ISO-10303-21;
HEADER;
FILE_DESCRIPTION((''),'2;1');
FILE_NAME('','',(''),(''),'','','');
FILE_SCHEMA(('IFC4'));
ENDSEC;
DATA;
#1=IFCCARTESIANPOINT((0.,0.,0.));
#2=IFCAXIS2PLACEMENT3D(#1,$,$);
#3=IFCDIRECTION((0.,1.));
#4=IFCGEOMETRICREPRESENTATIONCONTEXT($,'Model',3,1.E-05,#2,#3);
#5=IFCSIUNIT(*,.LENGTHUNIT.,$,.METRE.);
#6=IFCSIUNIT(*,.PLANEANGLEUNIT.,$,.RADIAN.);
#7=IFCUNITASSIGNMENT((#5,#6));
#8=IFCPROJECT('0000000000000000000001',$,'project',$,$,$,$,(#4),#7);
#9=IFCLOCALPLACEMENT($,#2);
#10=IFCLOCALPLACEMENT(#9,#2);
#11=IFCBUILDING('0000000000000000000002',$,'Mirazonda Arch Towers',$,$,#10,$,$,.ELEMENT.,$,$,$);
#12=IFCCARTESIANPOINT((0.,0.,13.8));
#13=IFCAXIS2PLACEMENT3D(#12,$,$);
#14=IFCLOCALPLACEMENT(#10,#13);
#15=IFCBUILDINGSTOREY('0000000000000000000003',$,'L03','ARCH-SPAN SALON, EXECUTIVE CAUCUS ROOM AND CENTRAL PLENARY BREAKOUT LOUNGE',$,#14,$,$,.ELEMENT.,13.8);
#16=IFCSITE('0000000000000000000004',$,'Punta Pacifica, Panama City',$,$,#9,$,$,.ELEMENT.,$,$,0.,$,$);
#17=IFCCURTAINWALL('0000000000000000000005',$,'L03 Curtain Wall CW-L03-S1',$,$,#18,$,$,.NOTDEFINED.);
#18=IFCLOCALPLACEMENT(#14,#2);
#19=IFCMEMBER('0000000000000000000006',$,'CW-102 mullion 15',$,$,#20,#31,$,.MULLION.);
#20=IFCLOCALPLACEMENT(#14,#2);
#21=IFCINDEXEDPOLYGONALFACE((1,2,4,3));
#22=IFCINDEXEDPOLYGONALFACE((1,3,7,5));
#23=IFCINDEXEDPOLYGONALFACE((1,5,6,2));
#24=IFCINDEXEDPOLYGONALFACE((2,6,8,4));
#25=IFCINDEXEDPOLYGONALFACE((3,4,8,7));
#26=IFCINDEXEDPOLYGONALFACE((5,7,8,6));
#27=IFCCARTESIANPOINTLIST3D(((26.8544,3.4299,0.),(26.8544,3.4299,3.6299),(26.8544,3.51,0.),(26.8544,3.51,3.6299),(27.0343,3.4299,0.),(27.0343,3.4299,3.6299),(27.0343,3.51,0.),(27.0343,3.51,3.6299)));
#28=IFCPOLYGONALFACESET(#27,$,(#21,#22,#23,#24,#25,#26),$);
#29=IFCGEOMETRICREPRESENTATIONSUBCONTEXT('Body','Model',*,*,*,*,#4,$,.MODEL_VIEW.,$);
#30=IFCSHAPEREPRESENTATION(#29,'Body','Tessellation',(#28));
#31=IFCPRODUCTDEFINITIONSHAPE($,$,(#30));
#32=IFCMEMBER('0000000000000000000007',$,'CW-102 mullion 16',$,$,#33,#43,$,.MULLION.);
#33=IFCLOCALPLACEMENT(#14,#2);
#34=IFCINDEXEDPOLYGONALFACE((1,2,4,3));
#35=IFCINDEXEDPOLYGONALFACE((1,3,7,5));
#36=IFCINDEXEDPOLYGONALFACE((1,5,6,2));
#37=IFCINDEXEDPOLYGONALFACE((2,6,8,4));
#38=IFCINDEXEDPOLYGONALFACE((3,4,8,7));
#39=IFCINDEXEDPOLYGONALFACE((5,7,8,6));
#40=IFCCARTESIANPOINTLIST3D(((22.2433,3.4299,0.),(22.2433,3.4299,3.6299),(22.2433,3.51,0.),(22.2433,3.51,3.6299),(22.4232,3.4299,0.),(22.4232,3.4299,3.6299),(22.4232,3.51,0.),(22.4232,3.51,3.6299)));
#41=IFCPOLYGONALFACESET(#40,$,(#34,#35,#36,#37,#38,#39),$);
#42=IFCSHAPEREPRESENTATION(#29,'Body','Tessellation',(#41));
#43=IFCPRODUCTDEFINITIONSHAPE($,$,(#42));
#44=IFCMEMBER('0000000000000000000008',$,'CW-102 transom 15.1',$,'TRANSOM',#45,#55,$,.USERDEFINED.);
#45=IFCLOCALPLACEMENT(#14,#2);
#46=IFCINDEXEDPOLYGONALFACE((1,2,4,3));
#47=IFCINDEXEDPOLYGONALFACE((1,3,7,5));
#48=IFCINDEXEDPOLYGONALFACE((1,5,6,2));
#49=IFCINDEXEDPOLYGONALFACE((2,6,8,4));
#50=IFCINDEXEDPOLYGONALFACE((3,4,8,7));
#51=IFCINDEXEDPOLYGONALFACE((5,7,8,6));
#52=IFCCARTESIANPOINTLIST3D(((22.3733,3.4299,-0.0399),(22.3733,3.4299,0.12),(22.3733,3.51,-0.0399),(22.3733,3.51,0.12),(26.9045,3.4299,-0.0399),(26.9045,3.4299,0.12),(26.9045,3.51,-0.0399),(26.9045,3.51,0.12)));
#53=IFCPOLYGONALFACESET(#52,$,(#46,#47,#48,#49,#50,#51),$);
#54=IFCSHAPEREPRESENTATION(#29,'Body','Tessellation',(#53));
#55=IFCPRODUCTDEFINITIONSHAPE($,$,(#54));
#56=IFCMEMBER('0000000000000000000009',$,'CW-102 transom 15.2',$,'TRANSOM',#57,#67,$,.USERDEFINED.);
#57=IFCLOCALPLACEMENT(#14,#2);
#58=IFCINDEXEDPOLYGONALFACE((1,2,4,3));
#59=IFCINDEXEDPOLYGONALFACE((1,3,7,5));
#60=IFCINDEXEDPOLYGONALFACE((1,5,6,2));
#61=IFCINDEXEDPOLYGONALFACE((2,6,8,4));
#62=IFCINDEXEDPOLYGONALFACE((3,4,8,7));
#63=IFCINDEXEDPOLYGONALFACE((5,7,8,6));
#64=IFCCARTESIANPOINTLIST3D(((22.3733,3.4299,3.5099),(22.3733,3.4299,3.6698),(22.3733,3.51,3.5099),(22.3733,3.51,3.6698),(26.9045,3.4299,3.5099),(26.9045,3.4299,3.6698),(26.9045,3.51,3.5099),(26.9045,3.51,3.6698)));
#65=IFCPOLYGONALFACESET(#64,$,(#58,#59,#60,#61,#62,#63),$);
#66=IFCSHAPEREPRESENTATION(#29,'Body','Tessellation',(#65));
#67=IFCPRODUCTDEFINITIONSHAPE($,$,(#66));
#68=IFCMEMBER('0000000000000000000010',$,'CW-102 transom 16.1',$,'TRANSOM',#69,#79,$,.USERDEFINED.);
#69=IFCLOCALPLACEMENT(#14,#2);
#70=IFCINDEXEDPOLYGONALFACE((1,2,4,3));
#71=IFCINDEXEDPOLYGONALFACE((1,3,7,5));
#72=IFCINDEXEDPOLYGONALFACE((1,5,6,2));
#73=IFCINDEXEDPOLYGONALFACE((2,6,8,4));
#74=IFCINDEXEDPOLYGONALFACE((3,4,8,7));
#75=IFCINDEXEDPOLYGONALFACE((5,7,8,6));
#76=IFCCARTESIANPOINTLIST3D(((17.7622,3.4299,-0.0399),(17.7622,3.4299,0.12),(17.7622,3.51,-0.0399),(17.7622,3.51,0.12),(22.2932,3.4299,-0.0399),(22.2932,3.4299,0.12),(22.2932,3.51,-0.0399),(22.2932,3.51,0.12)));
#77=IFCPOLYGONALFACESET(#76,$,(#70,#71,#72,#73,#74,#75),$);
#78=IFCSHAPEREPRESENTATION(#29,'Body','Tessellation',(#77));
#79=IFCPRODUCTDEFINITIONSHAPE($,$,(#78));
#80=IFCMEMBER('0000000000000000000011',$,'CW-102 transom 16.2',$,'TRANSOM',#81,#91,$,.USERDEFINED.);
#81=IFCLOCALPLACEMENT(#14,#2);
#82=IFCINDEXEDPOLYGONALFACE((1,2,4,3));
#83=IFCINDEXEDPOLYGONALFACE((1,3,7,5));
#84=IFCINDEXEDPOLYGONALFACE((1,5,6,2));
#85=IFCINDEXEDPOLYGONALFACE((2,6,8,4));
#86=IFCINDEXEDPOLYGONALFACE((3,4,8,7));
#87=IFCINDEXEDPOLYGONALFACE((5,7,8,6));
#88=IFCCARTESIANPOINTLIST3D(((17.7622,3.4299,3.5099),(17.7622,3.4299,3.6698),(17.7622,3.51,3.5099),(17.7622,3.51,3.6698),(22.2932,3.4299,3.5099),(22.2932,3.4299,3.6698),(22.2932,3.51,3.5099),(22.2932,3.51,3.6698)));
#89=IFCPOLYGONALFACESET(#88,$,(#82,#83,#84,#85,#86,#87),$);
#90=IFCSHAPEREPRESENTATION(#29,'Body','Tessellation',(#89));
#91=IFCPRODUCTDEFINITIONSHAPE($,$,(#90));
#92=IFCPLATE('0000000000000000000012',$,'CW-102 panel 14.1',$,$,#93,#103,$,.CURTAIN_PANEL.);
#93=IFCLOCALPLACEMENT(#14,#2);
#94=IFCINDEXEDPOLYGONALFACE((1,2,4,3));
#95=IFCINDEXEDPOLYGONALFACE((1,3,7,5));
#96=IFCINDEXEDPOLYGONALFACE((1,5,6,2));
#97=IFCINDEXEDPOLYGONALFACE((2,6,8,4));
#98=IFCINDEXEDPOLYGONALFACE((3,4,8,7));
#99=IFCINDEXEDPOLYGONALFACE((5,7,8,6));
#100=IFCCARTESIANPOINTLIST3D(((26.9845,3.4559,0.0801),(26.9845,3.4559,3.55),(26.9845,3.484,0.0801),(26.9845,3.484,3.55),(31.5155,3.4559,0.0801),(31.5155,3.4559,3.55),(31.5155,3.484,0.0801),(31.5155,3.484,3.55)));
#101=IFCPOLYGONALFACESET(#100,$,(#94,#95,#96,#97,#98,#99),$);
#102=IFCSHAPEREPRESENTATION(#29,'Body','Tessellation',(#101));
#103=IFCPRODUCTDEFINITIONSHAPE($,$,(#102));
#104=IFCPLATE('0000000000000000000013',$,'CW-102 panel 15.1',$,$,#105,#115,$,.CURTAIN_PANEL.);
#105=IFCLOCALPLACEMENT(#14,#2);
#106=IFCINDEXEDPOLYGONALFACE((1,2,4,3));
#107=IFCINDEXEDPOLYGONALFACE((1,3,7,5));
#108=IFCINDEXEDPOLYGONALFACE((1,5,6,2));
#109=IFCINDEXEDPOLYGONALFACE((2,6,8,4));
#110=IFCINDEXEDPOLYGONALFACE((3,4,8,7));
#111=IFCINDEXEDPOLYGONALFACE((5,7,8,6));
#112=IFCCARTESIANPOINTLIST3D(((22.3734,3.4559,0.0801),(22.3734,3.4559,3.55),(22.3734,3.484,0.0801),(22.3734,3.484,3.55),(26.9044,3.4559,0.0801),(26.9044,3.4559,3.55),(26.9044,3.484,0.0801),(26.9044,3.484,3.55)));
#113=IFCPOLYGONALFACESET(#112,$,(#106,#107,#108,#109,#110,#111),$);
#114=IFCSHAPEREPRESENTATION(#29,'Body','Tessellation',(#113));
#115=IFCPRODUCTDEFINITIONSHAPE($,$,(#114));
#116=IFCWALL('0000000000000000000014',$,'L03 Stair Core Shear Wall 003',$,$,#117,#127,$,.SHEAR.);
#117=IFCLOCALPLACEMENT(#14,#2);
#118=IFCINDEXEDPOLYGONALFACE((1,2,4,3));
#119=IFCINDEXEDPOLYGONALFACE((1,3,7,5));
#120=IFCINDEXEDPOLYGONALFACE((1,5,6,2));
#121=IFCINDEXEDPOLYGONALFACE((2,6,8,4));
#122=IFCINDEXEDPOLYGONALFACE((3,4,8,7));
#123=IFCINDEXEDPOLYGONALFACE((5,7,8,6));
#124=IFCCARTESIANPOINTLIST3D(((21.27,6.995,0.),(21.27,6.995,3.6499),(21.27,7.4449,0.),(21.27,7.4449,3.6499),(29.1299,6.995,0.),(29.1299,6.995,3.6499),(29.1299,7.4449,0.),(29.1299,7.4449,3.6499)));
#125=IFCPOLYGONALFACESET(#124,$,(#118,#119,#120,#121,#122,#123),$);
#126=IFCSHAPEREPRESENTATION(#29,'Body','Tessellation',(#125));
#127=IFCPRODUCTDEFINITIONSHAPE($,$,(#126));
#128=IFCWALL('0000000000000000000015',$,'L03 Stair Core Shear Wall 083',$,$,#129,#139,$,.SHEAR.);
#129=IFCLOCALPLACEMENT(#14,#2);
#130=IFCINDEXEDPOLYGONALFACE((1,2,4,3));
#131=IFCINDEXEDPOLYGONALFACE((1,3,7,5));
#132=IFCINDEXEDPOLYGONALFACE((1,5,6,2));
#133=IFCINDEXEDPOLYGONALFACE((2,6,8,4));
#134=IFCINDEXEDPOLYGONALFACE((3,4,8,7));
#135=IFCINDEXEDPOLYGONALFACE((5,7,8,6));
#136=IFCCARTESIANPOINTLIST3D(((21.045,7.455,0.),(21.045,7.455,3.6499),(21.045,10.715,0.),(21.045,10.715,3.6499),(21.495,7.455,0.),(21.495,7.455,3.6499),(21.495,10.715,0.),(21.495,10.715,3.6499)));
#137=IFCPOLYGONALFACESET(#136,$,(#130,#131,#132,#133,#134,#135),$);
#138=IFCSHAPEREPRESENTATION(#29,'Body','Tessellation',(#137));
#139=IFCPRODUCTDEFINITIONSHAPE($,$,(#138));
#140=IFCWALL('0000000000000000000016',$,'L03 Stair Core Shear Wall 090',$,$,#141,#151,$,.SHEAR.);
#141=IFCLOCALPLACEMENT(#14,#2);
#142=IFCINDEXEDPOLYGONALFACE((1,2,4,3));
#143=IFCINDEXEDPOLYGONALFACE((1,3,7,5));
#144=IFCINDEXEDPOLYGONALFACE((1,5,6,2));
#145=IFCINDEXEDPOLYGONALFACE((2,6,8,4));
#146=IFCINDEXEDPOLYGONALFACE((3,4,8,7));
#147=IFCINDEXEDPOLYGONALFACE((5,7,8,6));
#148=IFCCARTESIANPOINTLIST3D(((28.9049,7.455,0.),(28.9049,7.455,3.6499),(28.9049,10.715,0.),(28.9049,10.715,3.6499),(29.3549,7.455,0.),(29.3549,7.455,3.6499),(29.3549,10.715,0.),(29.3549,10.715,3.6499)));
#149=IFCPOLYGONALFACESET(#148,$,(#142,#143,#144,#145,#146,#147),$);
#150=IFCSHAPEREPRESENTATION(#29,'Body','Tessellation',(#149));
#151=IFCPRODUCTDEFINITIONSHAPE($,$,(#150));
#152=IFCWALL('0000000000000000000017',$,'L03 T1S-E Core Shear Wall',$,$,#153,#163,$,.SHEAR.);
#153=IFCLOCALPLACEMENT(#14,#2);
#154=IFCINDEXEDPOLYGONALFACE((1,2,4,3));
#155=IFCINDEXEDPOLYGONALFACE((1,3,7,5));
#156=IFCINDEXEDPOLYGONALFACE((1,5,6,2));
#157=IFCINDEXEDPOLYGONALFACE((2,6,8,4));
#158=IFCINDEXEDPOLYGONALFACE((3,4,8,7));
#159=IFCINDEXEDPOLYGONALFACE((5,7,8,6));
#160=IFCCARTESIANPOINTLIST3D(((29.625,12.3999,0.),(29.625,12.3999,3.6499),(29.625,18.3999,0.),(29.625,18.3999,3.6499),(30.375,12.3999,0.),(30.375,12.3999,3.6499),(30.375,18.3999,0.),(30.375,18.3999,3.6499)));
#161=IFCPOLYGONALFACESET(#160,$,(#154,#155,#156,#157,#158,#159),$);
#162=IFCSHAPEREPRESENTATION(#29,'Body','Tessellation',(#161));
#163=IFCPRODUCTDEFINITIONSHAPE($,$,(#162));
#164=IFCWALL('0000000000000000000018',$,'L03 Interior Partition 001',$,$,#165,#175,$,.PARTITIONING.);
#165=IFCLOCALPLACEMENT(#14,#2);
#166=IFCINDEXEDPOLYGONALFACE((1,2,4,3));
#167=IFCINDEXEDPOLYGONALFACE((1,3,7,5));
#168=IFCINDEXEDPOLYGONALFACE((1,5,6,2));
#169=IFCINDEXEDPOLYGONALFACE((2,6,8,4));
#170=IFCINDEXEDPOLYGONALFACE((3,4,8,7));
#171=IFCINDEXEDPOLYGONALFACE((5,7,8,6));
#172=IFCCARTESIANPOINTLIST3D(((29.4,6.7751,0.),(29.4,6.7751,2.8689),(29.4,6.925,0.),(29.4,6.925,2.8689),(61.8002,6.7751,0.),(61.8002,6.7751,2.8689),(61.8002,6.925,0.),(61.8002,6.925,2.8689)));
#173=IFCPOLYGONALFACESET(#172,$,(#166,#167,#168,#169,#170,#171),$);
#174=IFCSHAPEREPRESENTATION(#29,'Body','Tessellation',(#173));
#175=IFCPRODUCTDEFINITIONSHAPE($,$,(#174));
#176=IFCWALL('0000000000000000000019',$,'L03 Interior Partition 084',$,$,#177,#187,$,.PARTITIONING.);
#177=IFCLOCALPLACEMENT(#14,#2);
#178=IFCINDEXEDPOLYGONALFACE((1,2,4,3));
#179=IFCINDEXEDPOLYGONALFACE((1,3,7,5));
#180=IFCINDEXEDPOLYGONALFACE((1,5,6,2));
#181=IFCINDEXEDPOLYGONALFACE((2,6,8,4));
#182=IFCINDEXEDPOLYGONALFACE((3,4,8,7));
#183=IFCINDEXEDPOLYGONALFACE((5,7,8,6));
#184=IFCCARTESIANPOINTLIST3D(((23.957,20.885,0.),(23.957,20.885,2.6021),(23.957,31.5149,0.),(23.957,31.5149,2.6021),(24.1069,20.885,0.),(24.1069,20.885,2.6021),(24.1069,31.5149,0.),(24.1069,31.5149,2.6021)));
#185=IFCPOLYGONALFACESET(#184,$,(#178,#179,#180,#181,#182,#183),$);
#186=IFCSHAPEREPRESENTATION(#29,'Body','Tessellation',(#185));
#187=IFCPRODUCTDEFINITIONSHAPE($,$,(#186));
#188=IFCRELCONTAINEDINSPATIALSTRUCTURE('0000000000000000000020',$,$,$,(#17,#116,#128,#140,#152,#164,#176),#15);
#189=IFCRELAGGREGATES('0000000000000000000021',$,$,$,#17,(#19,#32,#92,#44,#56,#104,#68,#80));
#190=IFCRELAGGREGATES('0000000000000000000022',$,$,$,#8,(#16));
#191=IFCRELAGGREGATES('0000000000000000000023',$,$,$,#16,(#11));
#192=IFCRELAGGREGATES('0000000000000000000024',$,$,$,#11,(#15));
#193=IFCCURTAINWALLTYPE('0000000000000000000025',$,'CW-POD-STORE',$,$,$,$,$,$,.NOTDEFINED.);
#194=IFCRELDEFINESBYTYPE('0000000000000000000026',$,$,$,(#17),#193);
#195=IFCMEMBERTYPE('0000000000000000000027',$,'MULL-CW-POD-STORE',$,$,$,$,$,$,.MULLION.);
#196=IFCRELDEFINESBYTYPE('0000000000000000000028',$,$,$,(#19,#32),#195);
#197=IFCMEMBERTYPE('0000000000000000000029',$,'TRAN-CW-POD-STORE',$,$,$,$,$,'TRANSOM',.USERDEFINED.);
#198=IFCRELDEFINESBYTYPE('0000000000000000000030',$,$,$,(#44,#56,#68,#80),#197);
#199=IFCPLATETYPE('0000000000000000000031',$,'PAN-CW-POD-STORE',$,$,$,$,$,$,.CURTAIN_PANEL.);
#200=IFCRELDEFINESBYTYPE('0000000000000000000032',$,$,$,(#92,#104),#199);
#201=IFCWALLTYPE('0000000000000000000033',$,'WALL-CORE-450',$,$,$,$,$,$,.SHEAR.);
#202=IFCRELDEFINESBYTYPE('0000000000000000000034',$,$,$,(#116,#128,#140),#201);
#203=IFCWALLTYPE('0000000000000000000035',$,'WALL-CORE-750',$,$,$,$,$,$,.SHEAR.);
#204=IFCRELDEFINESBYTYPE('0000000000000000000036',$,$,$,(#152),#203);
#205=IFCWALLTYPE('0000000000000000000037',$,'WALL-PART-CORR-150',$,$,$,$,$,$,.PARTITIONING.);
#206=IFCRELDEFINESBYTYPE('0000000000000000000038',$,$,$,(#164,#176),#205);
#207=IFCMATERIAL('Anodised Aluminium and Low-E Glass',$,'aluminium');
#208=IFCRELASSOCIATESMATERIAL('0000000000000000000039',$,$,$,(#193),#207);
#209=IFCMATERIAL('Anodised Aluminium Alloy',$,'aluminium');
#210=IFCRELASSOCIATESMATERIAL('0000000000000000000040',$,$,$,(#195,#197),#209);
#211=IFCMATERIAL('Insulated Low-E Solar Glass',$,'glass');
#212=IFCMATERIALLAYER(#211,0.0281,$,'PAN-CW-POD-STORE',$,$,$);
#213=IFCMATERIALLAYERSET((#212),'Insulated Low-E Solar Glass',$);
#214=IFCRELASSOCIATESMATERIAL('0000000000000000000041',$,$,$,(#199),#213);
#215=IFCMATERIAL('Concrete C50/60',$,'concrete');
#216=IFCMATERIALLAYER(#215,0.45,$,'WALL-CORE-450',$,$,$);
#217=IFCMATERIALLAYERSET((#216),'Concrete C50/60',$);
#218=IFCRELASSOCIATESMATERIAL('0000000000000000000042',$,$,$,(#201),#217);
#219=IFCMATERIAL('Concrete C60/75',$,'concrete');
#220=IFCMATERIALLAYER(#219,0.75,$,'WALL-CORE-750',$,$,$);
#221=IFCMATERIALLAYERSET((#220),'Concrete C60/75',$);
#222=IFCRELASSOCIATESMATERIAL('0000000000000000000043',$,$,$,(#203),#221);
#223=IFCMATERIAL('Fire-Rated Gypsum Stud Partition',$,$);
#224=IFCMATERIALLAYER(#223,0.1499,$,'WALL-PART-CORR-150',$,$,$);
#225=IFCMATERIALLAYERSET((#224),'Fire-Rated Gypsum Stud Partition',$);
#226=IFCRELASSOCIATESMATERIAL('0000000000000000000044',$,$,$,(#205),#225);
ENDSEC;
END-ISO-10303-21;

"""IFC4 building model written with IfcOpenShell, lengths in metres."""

from ifc_helpers import new_model, si_unit, direction, frame, frame_2d, origin, origin_2d, place, context, subcontext, project, spatial, rectangle, extrude, material, layer, layer_set, material_profile, profile_set, type_object, element, aggregate, save


model = new_model("IFC4")

# Units and contexts
model_context = context("Model", 3, precision=1e-05, world=origin(), true_north=direction((0.0, 1.0)))
body_context = subcontext(model_context, "Body", "Model", "MODEL_VIEW")
ifc_project = project(units=[si_unit("LENGTHUNIT", "METRE"), si_unit("PLANEANGLEUNIT", "RADIAN")], contexts=[model_context])

# Site, building, storey
site_placement = place(None, origin())
site = spatial("IfcSite", under=ifc_project, at=site_placement, Name="Punta Pacifica, Panama City", CompositionType="ELEMENT", RefElevation=0.0)
building_placement = place(site_placement, origin())
building = spatial("IfcBuilding", under=site, at=building_placement, Name="Mirazonda Arch Towers", CompositionType="ELEMENT")
storey_placement = place(building_placement, frame((0.0, 0.0, 13.8)))
storey = spatial("IfcBuildingStorey", under=building, at=storey_placement, Name="L03", Description="ARCH-SPAN SALON, EXECUTIVE CAUCUS ROOM AND CENTRAL PLENARY BREAKOUT LOUNGE", CompositionType="ELEMENT", Elevation=13.8)

# Shared definitions
ifc_material_1 = material(Name="Concrete C60/75", Category="concrete")
ifc_material_2 = material(Name="Concrete C50/60", Category="concrete")

# Curtain wall, members, plates
ifc_material_3 = material(Name="Anodised Aluminium and Low-E Glass", Category="aluminium")
curtain_wall_type = type_object("IfcCurtainWallType", Name="CW-POD-STORE", PredefinedType="NOTDEFINED", material=ifc_material_3)
curtain_wall_placement = place(storey_placement, origin())
curtain_wall = element("IfcCurtainWall", 1, at=curtain_wall_placement, inside=storey, type_object=curtain_wall_type, Name="L03 Curtain Wall CW-L03-S1", PredefinedType="NOTDEFINED")
ifc_material_4 = material(Name="Anodised Aluminium Alloy", Category="aluminium")
ifc_material_profile_1 = material_profile(ifc_material_4, rectangle(XDim=0.0801, YDim=0.1799, at=origin_2d()), Name="ALU-MULL-80x180")
ifc_profile_set_1 = profile_set([ifc_material_profile_1], Name="Anodised Aluminium Alloy")
member_type_1 = type_object("IfcMemberType", Name="MULL-CW-POD-STORE", PredefinedType="MULLION", material=ifc_profile_set_1)
member_1_placement = place(storey_placement, frame((26.9443, 3.47, 0.0), z_axis=(0.0, 0.0, 1.0), x_axis=(0.0, -1.0, 0.0)))
member_1 = element("IfcMember", 2, at=member_1_placement, type_object=member_type_1, Name="CW-102 mullion 15", PredefinedType="MULLION", context=body_context, shape_type="SweptSolid", body=[
    extrude(rectangle(XDim=0.0801, YDim=0.1799, at=origin_2d()), origin(), (0.0, 0.0, 1.0), 3.6299),
])
member_2_placement = place(storey_placement, frame((22.3333, 3.47, 0.0), z_axis=(0.0, 0.0, 1.0), x_axis=(0.0, -1.0, 0.0)))
member_2 = element("IfcMember", 3, at=member_2_placement, type_object=member_type_1, Name="CW-102 mullion 16", PredefinedType="MULLION", context=body_context, shape_type="SweptSolid", body=[
    extrude(rectangle(XDim=0.0801, YDim=0.1799, at=origin_2d()), origin(), (0.0, 0.0, 1.0), 3.6299),
])
ifc_material_profile_2 = material_profile(ifc_material_4, rectangle(XDim=0.0801, YDim=0.1599, at=origin_2d()), Name="ALU-TRAN-80x160")
ifc_profile_set_2 = profile_set([ifc_material_profile_2], Name="Anodised Aluminium Alloy")
member_type_2 = type_object("IfcMemberType", Name="TRAN-CW-POD-STORE", ElementType="TRANSOM", PredefinedType="USERDEFINED", material=ifc_profile_set_2)
member_3_placement = place(storey_placement, frame((26.9045, 3.47, 0.04), z_axis=(-1.0, 0.0, 0.0), x_axis=(0.0, -1.0, 0.0)))
member_3 = element("IfcMember", 4, at=member_3_placement, type_object=member_type_2, Name="CW-102 transom 15.1", ObjectType="TRANSOM", PredefinedType="USERDEFINED", context=body_context, shape_type="SweptSolid", body=[
    extrude(rectangle(XDim=0.0801, YDim=0.1599, at=origin_2d()), origin(), (0.0, 0.0, 1.0), 4.5312),
])
member_4_placement = place(storey_placement, frame((26.9045, 3.47, 3.5898), z_axis=(-1.0, 0.0, 0.0), x_axis=(0.0, -1.0, 0.0)))
member_4 = element("IfcMember", 5, at=member_4_placement, type_object=member_type_2, Name="CW-102 transom 15.2", ObjectType="TRANSOM", PredefinedType="USERDEFINED", context=body_context, shape_type="SweptSolid", body=[
    extrude(rectangle(XDim=0.0801, YDim=0.1599, at=origin_2d()), origin(), (0.0, 0.0, 1.0), 4.5312),
])
member_5_placement = place(storey_placement, frame((22.2932, 3.47, 0.04), z_axis=(-1.0, 0.0, 0.0), x_axis=(0.0, -1.0, 0.0)))
member_5 = element("IfcMember", 6, at=member_5_placement, type_object=member_type_2, Name="CW-102 transom 16.1", ObjectType="TRANSOM", PredefinedType="USERDEFINED", context=body_context, shape_type="SweptSolid", body=[
    extrude(rectangle(XDim=0.0801, YDim=0.1599, at=origin_2d()), origin(), (0.0, 0.0, 1.0), 4.531),
])
member_6_placement = place(storey_placement, frame((22.2932, 3.47, 3.5898), z_axis=(-1.0, 0.0, 0.0), x_axis=(0.0, -1.0, 0.0)))
member_6 = element("IfcMember", 7, at=member_6_placement, type_object=member_type_2, Name="CW-102 transom 16.2", ObjectType="TRANSOM", PredefinedType="USERDEFINED", context=body_context, shape_type="SweptSolid", body=[
    extrude(rectangle(XDim=0.0801, YDim=0.1599, at=origin_2d()), origin(), (0.0, 0.0, 1.0), 4.531),
])
ifc_material_5 = material(Name="Insulated Low-E Solar Glass", Category="glass")
ifc_layer_1 = layer(ifc_material_5, 0.0281, Name="PAN-CW-POD-STORE")
ifc_layer_set_1 = layer_set([ifc_layer_1], Name="Insulated Low-E Solar Glass")
plate_type = type_object("IfcPlateType", Name="PAN-CW-POD-STORE", PredefinedType="CURTAIN_PANEL", material=ifc_layer_set_1)
plate_1_placement = place(storey_placement, frame((29.25, 3.47, 0.0801), z_axis=(0.0, 0.0, 1.0), x_axis=(-1.0, 0.0, 0.0)))
plate_1 = element("IfcPlate", 8, at=plate_1_placement, type_object=plate_type, Name="CW-102 panel 14.1", PredefinedType="CURTAIN_PANEL", context=body_context, shape_type="SweptSolid", body=[
    extrude(rectangle(XDim=4.531, YDim=0.0281, at=origin_2d()), origin(), (0.0, 0.0, 1.0), 3.47),
])
plate_2_placement = place(storey_placement, frame((24.6389, 3.47, 0.0801), z_axis=(0.0, 0.0, 1.0), x_axis=(-1.0, 0.0, 0.0)))
plate_2 = element("IfcPlate", 9, at=plate_2_placement, type_object=plate_type, Name="CW-102 panel 15.1", PredefinedType="CURTAIN_PANEL", context=body_context, shape_type="SweptSolid", body=[
    extrude(rectangle(XDim=4.531, YDim=0.0281, at=origin_2d()), origin(), (0.0, 0.0, 1.0), 3.47),
])
aggregate(curtain_wall, [member_1, member_2, plate_1, member_3, member_4, plate_2, member_5, member_6])

# Walls
ifc_layer_2 = layer(ifc_material_2, 0.45, Name="WALL-CORE-450")
ifc_layer_set_2 = layer_set([ifc_layer_2], Name="Concrete C50/60")
wall_type_1 = type_object("IfcWallType", Name="WALL-CORE-450", PredefinedType="SHEAR", material=ifc_layer_set_2)
wall_1_placement = place(storey_placement, frame((21.27, 7.22, 0.0), z_axis=(0.0, 0.0, 1.0), x_axis=(1.0, 0.0, 0.0)))
element("IfcWall", 10, at=wall_1_placement, inside=storey, type_object=wall_type_1, Name="L03 Stair Core Shear Wall 003", PredefinedType="SHEAR", context=body_context, shape_type="SweptSolid", body=[
    extrude(rectangle(XDim=7.8599, YDim=0.45, at=frame_2d((3.9299, 0.0))), origin(), (0.0, 0.0, 1.0), 3.6499),
])
for number, where, z_axis, x_axis, name in (
    (11, (21.27, 7.4551, 0.0), (0.0, 0.0, 1.0), (0.0, 1.0, 0.0), "L03 Stair Core Shear Wall 083"),
    (12, (29.1299, 7.4551, 0.0), (0.0, 0.0, 1.0), (0.0, 1.0, 0.0), "L03 Stair Core Shear Wall 090"),
):
    element("IfcWall", number, at=place(storey_placement, frame(where, z_axis=z_axis, x_axis=x_axis)), inside=storey, type_object=wall_type_1, Name=name, PredefinedType="SHEAR", context=body_context, shape_type="SweptSolid", body=[
        extrude(rectangle(XDim=3.26, YDim=0.45, at=frame_2d((1.6299, 0.0))), origin(), (0.0, 0.0, 1.0), 3.6499),
    ])
ifc_layer_3 = layer(ifc_material_1, 0.75, Name="WALL-CORE-750")
ifc_layer_set_3 = layer_set([ifc_layer_3], Name="Concrete C60/75")
wall_type_2 = type_object("IfcWallType", Name="WALL-CORE-750", PredefinedType="SHEAR", material=ifc_layer_set_3)
wall_2_placement = place(storey_placement, frame((30.0, 12.3999, 0.0), z_axis=(0.0, 0.0, 1.0), x_axis=(0.0, 1.0, 0.0)))
element("IfcWall", 13, at=wall_2_placement, inside=storey, type_object=wall_type_2, Name="L03 T1S-E Core Shear Wall", PredefinedType="SHEAR", context=body_context, shape_type="SweptSolid", body=[
    extrude(rectangle(XDim=6.0, YDim=0.75, at=frame_2d((3.0, 0.0))), origin(), (0.0, 0.0, 1.0), 3.6499),
])
ifc_material_6 = material(Name="Fire-Rated Gypsum Stud Partition")
ifc_layer_4 = layer(ifc_material_6, 0.1499, Name="WALL-PART-CORR-150")
ifc_layer_set_4 = layer_set([ifc_layer_4], Name="Fire-Rated Gypsum Stud Partition")
wall_type_3 = type_object("IfcWallType", Name="WALL-PART-CORR-150", PredefinedType="PARTITIONING", material=ifc_layer_set_4)
wall_3_placement = place(storey_placement, frame((29.3999, 6.8501, 0.0), z_axis=(0.0, 0.0, 1.0), x_axis=(1.0, 0.0, 0.0)))
element("IfcWall", 14, at=wall_3_placement, inside=storey, type_object=wall_type_3, Name="L03 Interior Partition 001", PredefinedType="PARTITIONING", context=body_context, shape_type="SweptSolid", body=[
    extrude(rectangle(XDim=32.4001, YDim=0.1499, at=frame_2d((16.2002, 0.0))), origin(), (0.0, 0.0, 1.0), 2.8689),
])
wall_4_placement = place(storey_placement, frame((24.032, 20.885, 0.0), z_axis=(0.0, 0.0, 1.0), x_axis=(0.0, 1.0, 0.0)))
element("IfcWall", 15, at=wall_4_placement, inside=storey, type_object=wall_type_3, Name="L03 Interior Partition 084", PredefinedType="PARTITIONING", context=body_context, shape_type="SweptSolid", body=[
    extrude(rectangle(XDim=10.6299, YDim=0.1499, at=frame_2d((5.3149, 0.0))), origin(), (0.0, 0.0, 1.0), 2.6021),
])

save(model, "model.ifc")
